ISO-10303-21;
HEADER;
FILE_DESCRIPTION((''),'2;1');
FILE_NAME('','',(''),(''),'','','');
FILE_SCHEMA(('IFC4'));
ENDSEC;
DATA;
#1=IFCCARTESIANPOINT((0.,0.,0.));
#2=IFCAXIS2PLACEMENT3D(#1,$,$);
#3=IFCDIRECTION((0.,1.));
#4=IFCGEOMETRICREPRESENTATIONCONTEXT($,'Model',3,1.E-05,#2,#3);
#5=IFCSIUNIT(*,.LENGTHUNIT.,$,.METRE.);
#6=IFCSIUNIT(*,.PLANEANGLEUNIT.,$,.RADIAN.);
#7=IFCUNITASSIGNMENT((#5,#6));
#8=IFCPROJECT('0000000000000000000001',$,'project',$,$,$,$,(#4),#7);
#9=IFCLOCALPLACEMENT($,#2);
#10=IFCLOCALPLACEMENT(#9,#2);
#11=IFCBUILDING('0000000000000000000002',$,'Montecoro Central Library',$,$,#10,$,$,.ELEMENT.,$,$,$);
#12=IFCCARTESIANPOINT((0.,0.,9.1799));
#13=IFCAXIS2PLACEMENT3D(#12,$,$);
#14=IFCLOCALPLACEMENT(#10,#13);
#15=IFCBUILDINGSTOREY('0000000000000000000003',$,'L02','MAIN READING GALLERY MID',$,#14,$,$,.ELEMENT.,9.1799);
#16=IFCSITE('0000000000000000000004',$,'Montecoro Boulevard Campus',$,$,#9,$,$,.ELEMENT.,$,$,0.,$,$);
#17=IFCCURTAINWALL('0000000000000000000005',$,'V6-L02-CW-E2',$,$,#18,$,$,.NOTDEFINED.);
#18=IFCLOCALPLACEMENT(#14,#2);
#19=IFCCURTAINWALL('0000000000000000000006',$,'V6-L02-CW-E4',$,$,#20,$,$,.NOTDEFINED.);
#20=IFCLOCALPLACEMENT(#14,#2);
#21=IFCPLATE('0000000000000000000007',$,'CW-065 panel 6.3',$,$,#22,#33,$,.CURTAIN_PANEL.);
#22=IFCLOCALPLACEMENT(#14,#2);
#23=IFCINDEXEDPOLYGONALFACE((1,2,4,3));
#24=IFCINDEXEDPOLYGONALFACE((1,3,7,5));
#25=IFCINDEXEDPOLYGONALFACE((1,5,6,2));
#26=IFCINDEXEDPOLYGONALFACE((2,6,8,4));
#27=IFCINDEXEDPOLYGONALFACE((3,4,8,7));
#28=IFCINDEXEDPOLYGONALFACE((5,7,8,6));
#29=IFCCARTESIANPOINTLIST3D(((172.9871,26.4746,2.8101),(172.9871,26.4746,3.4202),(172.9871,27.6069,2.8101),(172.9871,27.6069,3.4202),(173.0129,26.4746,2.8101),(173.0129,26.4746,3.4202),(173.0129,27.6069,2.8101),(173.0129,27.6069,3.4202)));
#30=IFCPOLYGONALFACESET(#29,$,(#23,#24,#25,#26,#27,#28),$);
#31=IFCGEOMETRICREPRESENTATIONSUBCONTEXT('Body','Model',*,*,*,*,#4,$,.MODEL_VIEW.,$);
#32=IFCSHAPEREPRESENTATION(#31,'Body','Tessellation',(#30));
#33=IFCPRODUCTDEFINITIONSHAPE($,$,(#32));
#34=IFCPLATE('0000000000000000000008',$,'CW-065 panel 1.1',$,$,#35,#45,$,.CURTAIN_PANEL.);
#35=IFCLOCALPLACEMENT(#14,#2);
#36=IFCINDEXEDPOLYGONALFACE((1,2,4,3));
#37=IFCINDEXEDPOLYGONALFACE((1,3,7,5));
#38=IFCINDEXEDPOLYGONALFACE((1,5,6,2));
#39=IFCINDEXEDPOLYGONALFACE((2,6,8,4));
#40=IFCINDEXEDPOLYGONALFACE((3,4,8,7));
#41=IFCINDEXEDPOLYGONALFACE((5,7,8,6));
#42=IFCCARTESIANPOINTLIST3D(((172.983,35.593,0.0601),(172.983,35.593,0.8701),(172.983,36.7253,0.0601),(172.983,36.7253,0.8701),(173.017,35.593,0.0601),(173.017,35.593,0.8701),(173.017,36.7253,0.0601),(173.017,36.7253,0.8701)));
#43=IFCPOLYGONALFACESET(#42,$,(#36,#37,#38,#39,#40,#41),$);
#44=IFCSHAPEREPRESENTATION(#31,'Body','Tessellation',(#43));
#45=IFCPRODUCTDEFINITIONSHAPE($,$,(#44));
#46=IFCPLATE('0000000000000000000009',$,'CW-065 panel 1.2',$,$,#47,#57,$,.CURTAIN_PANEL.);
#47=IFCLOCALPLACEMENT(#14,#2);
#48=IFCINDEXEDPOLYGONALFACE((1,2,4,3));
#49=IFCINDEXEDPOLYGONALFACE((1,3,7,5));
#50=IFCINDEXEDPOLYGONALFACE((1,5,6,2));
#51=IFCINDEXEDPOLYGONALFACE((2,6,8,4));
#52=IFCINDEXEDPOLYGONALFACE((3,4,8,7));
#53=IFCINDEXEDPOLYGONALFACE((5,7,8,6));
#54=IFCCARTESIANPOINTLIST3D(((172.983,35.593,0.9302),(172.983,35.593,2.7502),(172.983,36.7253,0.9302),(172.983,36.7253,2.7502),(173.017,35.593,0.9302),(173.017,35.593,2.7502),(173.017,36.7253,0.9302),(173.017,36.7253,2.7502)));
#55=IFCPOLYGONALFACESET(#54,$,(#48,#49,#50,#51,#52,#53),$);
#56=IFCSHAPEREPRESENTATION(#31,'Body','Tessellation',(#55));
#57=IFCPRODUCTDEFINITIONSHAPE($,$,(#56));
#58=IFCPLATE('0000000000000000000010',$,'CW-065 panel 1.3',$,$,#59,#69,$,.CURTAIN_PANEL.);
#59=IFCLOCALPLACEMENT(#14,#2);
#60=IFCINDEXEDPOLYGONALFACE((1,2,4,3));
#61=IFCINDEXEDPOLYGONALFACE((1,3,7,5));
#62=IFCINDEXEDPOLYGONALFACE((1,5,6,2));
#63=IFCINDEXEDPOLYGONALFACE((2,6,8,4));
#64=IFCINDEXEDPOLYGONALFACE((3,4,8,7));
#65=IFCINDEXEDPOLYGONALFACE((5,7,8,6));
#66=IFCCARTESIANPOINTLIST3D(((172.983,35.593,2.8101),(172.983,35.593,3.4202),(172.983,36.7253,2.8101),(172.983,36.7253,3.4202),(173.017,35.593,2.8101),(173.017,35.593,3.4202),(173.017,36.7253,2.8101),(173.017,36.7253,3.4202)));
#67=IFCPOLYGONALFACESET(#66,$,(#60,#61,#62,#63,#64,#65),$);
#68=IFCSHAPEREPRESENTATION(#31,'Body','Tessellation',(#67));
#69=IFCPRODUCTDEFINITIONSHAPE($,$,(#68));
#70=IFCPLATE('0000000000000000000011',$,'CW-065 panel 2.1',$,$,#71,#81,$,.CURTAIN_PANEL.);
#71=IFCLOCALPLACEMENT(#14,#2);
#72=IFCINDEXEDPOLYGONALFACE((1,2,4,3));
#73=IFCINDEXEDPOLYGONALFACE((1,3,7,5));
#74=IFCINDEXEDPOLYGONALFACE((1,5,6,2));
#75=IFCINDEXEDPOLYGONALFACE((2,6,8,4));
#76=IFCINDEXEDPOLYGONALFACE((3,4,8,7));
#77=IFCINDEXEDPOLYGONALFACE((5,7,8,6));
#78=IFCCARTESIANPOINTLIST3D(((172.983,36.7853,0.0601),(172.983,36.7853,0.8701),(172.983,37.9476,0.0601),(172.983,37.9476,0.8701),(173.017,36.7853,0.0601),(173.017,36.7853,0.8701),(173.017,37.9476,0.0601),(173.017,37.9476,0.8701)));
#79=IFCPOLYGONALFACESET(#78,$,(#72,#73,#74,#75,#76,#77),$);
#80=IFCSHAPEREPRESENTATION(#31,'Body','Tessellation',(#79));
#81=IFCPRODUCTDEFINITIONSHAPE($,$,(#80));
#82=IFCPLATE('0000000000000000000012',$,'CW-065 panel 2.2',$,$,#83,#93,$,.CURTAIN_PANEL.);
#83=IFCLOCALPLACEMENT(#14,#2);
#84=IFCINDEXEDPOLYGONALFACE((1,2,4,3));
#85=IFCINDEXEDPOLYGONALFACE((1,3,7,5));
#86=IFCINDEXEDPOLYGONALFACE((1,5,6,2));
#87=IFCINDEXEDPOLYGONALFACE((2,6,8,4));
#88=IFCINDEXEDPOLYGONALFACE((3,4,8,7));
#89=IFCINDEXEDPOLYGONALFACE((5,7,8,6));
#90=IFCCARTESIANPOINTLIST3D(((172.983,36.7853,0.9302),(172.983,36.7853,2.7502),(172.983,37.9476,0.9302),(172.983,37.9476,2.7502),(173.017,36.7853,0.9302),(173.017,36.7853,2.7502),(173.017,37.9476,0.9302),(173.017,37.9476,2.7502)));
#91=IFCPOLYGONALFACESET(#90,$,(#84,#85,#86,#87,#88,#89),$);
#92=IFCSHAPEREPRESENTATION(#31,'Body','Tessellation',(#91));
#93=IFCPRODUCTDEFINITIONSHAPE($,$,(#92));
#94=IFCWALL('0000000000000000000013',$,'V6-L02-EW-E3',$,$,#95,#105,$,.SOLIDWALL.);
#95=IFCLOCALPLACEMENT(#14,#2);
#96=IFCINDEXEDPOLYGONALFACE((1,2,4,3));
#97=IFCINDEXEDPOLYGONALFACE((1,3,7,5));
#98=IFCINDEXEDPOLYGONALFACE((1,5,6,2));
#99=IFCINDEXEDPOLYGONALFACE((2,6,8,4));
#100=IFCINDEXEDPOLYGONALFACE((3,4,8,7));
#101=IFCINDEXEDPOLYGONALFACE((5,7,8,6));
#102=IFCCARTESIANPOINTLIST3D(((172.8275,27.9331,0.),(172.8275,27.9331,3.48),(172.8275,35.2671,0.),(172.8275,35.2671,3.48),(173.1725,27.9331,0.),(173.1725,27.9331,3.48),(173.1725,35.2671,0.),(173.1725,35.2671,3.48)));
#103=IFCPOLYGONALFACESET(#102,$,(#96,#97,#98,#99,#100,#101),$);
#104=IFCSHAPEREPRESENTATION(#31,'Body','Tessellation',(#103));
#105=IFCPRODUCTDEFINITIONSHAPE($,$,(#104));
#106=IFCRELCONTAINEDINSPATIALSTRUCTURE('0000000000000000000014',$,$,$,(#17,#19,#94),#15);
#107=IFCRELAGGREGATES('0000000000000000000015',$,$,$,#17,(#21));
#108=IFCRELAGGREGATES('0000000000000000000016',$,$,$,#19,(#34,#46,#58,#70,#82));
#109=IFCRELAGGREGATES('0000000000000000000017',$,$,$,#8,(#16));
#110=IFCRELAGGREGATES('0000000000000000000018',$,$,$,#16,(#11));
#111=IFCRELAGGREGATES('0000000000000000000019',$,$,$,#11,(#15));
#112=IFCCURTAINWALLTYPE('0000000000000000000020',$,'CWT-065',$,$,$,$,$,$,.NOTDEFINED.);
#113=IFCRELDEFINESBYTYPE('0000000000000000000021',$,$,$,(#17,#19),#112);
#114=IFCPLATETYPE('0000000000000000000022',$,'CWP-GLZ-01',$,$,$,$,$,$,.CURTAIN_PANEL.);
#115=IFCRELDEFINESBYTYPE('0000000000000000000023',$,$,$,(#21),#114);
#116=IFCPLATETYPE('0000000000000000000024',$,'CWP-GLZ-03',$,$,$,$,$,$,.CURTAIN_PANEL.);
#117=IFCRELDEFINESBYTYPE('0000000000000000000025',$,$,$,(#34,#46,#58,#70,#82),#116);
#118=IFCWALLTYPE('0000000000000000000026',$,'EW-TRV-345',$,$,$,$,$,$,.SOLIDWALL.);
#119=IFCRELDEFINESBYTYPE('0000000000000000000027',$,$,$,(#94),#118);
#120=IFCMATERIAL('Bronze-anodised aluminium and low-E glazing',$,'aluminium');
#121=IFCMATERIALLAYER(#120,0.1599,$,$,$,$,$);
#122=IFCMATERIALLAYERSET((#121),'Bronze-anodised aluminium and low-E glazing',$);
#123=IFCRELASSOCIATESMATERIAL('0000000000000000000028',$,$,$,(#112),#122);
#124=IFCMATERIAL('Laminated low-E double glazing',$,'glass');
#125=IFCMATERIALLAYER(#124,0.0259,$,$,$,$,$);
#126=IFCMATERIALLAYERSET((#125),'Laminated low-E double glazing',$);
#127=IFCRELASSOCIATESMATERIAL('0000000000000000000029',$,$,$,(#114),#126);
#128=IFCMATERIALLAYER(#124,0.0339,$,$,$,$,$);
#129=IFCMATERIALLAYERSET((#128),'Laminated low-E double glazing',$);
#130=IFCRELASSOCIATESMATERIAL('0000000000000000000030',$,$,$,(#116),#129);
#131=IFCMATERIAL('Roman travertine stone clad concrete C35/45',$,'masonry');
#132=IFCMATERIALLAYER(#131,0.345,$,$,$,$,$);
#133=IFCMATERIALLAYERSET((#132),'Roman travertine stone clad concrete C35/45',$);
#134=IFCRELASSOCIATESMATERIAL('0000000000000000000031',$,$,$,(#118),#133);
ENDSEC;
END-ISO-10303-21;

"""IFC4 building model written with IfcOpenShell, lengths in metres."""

from ifc_helpers import new_model, si_unit, direction, frame, frame_2d, origin, origin_2d, place, context, subcontext, project, spatial, rectangle, extrude, material, layer, layer_set, type_object, element, aggregate, save


model = new_model("IFC4")

# Units and contexts
model_context = context("Model", 3, precision=1e-05, world=origin(), true_north=direction((0.0, 1.0)))
body_context = subcontext(model_context, "Body", "Model", "MODEL_VIEW")
ifc_project = project(units=[si_unit("LENGTHUNIT", "METRE"), si_unit("PLANEANGLEUNIT", "RADIAN")], contexts=[model_context])

# Site, building, storey
site_placement = place(None, origin())
site = spatial("IfcSite", under=ifc_project, at=site_placement, Name="Montecoro Boulevard Campus", CompositionType="ELEMENT", RefElevation=0.0)
building_placement = place(site_placement, origin())
building = spatial("IfcBuilding", under=site, at=building_placement, Name="Montecoro Central Library", CompositionType="ELEMENT")
storey_placement = place(building_placement, frame((0.0, 0.0, 9.1799)))
storey = spatial("IfcBuildingStorey", under=building, at=storey_placement, Name="L02", Description="MAIN READING GALLERY MID", CompositionType="ELEMENT", Elevation=9.1799)

# Curtain wall
ifc_material_1 = material(Name="Bronze-anodised aluminium and low-E glazing", Category="aluminium")
ifc_layer_1 = layer(ifc_material_1, 0.1599)
ifc_layer_set_1 = layer_set([ifc_layer_1], Name="Bronze-anodised aluminium and low-E glazing")
curtain_wall_type = type_object("IfcCurtainWallType", Name="CWT-065", PredefinedType="NOTDEFINED", material=ifc_layer_set_1)
curtain_wall_1_placement = place(storey_placement, origin())
curtain_wall_1 = element("IfcCurtainWall", 1, at=curtain_wall_1_placement, inside=storey, type_object=curtain_wall_type, Name="V6-L02-CW-E2", PredefinedType="NOTDEFINED")

# Curtain wall
curtain_wall_2_placement = place(storey_placement, origin())
curtain_wall_2 = element("IfcCurtainWall", 2, at=curtain_wall_2_placement, inside=storey, type_object=curtain_wall_type, Name="V6-L02-CW-E4", PredefinedType="NOTDEFINED")

# Plates
ifc_material_2 = material(Name="Laminated low-E double glazing", Category="glass")
ifc_layer_2 = layer(ifc_material_2, 0.0259)
ifc_layer_set_2 = layer_set([ifc_layer_2], Name="Laminated low-E double glazing")
plate_type_1 = type_object("IfcPlateType", Name="CWP-GLZ-01", PredefinedType="CURTAIN_PANEL", material=ifc_layer_set_2)
plate_1_placement = place(storey_placement, frame((173.0, 27.0408, 2.8101), z_axis=(0.0, 0.0, 1.0), x_axis=(0.0, 1.0, 0.0)))
plate_1 = element("IfcPlate", 3, at=plate_1_placement, type_object=plate_type_1, Name="CW-065 panel 6.3", PredefinedType="CURTAIN_PANEL", context=body_context, shape_type="SweptSolid", body=[
    extrude(rectangle(XDim=1.1323, YDim=0.0259, at=origin_2d()), origin(), (0.0, 0.0, 1.0), 0.6101),
])
aggregate(curtain_wall_1, [plate_1])
ifc_layer_3 = layer(ifc_material_2, 0.0339)
ifc_layer_set_3 = layer_set([ifc_layer_3], Name="Laminated low-E double glazing")
plate_type_2 = type_object("IfcPlateType", Name="CWP-GLZ-03", PredefinedType="CURTAIN_PANEL", material=ifc_layer_set_3)
plate_2_placement = place(storey_placement, frame((173.0, 36.1592, 0.0601), z_axis=(0.0, 0.0, 1.0), x_axis=(0.0, 1.0, 0.0)))
plate_2 = element("IfcPlate", 4, at=plate_2_placement, type_object=plate_type_2, Name="CW-065 panel 1.1", PredefinedType="CURTAIN_PANEL", context=body_context, shape_type="SweptSolid", body=[
    extrude(rectangle(XDim=1.1323, YDim=0.0339, at=origin_2d()), origin(), (0.0, 0.0, 1.0), 0.8101),
])
plate_3_placement = place(storey_placement, frame((173.0, 36.1592, 0.9302), z_axis=(0.0, 0.0, 1.0), x_axis=(0.0, 1.0, 0.0)))
plate_3 = element("IfcPlate", 5, at=plate_3_placement, type_object=plate_type_2, Name="CW-065 panel 1.2", PredefinedType="CURTAIN_PANEL", context=body_context, shape_type="SweptSolid", body=[
    extrude(rectangle(XDim=1.1323, YDim=0.0339, at=origin_2d()), origin(), (0.0, 0.0, 1.0), 1.8201),
])
plate_4_placement = place(storey_placement, frame((173.0, 36.1592, 2.8101), z_axis=(0.0, 0.0, 1.0), x_axis=(0.0, 1.0, 0.0)))
plate_4 = element("IfcPlate", 6, at=plate_4_placement, type_object=plate_type_2, Name="CW-065 panel 1.3", PredefinedType="CURTAIN_PANEL", context=body_context, shape_type="SweptSolid", body=[
    extrude(rectangle(XDim=1.1323, YDim=0.0339, at=origin_2d()), origin(), (0.0, 0.0, 1.0), 0.6101),
])
plate_5_placement = place(storey_placement, frame((173.0, 37.3665, 0.0601), z_axis=(0.0, 0.0, 1.0), x_axis=(0.0, 1.0, 0.0)))
plate_5 = element("IfcPlate", 7, at=plate_5_placement, type_object=plate_type_2, Name="CW-065 panel 2.1", PredefinedType="CURTAIN_PANEL", context=body_context, shape_type="SweptSolid", body=[
    extrude(rectangle(XDim=1.1624, YDim=0.0339, at=origin_2d()), origin(), (0.0, 0.0, 1.0), 0.8101),
])
plate_6_placement = place(storey_placement, frame((173.0, 37.3665, 0.9302), z_axis=(0.0, 0.0, 1.0), x_axis=(0.0, 1.0, 0.0)))
plate_6 = element("IfcPlate", 8, at=plate_6_placement, type_object=plate_type_2, Name="CW-065 panel 2.2", PredefinedType="CURTAIN_PANEL", context=body_context, shape_type="SweptSolid", body=[
    extrude(rectangle(XDim=1.1624, YDim=0.0339, at=origin_2d()), origin(), (0.0, 0.0, 1.0), 1.8201),
])
aggregate(curtain_wall_2, [plate_2, plate_3, plate_4, plate_5, plate_6])

# Wall
ifc_material_3 = material(Name="Roman travertine stone clad concrete C35/45", Category="masonry")
ifc_layer_4 = layer(ifc_material_3, 0.345)
ifc_layer_set_4 = layer_set([ifc_layer_4], Name="Roman travertine stone clad concrete C35/45")
wall_type = type_object("IfcWallType", Name="EW-TRV-345", PredefinedType="SOLIDWALL", material=ifc_layer_set_4)
wall_placement = place(storey_placement, frame((173.0, 27.9331, 0.0), z_axis=(0.0, 0.0, 1.0), x_axis=(0.0, 1.0, 0.0)))
element("IfcWall", 9, at=wall_placement, inside=storey, type_object=wall_type, Name="V6-L02-EW-E3", PredefinedType="SOLIDWALL", context=body_context, shape_type="SweptSolid", body=[
    extrude(rectangle(XDim=7.334, YDim=0.345, at=frame_2d((3.667, 0.0))), origin(), (0.0, 0.0, 1.0), 3.48),
])

save(model, "model.ifc")
